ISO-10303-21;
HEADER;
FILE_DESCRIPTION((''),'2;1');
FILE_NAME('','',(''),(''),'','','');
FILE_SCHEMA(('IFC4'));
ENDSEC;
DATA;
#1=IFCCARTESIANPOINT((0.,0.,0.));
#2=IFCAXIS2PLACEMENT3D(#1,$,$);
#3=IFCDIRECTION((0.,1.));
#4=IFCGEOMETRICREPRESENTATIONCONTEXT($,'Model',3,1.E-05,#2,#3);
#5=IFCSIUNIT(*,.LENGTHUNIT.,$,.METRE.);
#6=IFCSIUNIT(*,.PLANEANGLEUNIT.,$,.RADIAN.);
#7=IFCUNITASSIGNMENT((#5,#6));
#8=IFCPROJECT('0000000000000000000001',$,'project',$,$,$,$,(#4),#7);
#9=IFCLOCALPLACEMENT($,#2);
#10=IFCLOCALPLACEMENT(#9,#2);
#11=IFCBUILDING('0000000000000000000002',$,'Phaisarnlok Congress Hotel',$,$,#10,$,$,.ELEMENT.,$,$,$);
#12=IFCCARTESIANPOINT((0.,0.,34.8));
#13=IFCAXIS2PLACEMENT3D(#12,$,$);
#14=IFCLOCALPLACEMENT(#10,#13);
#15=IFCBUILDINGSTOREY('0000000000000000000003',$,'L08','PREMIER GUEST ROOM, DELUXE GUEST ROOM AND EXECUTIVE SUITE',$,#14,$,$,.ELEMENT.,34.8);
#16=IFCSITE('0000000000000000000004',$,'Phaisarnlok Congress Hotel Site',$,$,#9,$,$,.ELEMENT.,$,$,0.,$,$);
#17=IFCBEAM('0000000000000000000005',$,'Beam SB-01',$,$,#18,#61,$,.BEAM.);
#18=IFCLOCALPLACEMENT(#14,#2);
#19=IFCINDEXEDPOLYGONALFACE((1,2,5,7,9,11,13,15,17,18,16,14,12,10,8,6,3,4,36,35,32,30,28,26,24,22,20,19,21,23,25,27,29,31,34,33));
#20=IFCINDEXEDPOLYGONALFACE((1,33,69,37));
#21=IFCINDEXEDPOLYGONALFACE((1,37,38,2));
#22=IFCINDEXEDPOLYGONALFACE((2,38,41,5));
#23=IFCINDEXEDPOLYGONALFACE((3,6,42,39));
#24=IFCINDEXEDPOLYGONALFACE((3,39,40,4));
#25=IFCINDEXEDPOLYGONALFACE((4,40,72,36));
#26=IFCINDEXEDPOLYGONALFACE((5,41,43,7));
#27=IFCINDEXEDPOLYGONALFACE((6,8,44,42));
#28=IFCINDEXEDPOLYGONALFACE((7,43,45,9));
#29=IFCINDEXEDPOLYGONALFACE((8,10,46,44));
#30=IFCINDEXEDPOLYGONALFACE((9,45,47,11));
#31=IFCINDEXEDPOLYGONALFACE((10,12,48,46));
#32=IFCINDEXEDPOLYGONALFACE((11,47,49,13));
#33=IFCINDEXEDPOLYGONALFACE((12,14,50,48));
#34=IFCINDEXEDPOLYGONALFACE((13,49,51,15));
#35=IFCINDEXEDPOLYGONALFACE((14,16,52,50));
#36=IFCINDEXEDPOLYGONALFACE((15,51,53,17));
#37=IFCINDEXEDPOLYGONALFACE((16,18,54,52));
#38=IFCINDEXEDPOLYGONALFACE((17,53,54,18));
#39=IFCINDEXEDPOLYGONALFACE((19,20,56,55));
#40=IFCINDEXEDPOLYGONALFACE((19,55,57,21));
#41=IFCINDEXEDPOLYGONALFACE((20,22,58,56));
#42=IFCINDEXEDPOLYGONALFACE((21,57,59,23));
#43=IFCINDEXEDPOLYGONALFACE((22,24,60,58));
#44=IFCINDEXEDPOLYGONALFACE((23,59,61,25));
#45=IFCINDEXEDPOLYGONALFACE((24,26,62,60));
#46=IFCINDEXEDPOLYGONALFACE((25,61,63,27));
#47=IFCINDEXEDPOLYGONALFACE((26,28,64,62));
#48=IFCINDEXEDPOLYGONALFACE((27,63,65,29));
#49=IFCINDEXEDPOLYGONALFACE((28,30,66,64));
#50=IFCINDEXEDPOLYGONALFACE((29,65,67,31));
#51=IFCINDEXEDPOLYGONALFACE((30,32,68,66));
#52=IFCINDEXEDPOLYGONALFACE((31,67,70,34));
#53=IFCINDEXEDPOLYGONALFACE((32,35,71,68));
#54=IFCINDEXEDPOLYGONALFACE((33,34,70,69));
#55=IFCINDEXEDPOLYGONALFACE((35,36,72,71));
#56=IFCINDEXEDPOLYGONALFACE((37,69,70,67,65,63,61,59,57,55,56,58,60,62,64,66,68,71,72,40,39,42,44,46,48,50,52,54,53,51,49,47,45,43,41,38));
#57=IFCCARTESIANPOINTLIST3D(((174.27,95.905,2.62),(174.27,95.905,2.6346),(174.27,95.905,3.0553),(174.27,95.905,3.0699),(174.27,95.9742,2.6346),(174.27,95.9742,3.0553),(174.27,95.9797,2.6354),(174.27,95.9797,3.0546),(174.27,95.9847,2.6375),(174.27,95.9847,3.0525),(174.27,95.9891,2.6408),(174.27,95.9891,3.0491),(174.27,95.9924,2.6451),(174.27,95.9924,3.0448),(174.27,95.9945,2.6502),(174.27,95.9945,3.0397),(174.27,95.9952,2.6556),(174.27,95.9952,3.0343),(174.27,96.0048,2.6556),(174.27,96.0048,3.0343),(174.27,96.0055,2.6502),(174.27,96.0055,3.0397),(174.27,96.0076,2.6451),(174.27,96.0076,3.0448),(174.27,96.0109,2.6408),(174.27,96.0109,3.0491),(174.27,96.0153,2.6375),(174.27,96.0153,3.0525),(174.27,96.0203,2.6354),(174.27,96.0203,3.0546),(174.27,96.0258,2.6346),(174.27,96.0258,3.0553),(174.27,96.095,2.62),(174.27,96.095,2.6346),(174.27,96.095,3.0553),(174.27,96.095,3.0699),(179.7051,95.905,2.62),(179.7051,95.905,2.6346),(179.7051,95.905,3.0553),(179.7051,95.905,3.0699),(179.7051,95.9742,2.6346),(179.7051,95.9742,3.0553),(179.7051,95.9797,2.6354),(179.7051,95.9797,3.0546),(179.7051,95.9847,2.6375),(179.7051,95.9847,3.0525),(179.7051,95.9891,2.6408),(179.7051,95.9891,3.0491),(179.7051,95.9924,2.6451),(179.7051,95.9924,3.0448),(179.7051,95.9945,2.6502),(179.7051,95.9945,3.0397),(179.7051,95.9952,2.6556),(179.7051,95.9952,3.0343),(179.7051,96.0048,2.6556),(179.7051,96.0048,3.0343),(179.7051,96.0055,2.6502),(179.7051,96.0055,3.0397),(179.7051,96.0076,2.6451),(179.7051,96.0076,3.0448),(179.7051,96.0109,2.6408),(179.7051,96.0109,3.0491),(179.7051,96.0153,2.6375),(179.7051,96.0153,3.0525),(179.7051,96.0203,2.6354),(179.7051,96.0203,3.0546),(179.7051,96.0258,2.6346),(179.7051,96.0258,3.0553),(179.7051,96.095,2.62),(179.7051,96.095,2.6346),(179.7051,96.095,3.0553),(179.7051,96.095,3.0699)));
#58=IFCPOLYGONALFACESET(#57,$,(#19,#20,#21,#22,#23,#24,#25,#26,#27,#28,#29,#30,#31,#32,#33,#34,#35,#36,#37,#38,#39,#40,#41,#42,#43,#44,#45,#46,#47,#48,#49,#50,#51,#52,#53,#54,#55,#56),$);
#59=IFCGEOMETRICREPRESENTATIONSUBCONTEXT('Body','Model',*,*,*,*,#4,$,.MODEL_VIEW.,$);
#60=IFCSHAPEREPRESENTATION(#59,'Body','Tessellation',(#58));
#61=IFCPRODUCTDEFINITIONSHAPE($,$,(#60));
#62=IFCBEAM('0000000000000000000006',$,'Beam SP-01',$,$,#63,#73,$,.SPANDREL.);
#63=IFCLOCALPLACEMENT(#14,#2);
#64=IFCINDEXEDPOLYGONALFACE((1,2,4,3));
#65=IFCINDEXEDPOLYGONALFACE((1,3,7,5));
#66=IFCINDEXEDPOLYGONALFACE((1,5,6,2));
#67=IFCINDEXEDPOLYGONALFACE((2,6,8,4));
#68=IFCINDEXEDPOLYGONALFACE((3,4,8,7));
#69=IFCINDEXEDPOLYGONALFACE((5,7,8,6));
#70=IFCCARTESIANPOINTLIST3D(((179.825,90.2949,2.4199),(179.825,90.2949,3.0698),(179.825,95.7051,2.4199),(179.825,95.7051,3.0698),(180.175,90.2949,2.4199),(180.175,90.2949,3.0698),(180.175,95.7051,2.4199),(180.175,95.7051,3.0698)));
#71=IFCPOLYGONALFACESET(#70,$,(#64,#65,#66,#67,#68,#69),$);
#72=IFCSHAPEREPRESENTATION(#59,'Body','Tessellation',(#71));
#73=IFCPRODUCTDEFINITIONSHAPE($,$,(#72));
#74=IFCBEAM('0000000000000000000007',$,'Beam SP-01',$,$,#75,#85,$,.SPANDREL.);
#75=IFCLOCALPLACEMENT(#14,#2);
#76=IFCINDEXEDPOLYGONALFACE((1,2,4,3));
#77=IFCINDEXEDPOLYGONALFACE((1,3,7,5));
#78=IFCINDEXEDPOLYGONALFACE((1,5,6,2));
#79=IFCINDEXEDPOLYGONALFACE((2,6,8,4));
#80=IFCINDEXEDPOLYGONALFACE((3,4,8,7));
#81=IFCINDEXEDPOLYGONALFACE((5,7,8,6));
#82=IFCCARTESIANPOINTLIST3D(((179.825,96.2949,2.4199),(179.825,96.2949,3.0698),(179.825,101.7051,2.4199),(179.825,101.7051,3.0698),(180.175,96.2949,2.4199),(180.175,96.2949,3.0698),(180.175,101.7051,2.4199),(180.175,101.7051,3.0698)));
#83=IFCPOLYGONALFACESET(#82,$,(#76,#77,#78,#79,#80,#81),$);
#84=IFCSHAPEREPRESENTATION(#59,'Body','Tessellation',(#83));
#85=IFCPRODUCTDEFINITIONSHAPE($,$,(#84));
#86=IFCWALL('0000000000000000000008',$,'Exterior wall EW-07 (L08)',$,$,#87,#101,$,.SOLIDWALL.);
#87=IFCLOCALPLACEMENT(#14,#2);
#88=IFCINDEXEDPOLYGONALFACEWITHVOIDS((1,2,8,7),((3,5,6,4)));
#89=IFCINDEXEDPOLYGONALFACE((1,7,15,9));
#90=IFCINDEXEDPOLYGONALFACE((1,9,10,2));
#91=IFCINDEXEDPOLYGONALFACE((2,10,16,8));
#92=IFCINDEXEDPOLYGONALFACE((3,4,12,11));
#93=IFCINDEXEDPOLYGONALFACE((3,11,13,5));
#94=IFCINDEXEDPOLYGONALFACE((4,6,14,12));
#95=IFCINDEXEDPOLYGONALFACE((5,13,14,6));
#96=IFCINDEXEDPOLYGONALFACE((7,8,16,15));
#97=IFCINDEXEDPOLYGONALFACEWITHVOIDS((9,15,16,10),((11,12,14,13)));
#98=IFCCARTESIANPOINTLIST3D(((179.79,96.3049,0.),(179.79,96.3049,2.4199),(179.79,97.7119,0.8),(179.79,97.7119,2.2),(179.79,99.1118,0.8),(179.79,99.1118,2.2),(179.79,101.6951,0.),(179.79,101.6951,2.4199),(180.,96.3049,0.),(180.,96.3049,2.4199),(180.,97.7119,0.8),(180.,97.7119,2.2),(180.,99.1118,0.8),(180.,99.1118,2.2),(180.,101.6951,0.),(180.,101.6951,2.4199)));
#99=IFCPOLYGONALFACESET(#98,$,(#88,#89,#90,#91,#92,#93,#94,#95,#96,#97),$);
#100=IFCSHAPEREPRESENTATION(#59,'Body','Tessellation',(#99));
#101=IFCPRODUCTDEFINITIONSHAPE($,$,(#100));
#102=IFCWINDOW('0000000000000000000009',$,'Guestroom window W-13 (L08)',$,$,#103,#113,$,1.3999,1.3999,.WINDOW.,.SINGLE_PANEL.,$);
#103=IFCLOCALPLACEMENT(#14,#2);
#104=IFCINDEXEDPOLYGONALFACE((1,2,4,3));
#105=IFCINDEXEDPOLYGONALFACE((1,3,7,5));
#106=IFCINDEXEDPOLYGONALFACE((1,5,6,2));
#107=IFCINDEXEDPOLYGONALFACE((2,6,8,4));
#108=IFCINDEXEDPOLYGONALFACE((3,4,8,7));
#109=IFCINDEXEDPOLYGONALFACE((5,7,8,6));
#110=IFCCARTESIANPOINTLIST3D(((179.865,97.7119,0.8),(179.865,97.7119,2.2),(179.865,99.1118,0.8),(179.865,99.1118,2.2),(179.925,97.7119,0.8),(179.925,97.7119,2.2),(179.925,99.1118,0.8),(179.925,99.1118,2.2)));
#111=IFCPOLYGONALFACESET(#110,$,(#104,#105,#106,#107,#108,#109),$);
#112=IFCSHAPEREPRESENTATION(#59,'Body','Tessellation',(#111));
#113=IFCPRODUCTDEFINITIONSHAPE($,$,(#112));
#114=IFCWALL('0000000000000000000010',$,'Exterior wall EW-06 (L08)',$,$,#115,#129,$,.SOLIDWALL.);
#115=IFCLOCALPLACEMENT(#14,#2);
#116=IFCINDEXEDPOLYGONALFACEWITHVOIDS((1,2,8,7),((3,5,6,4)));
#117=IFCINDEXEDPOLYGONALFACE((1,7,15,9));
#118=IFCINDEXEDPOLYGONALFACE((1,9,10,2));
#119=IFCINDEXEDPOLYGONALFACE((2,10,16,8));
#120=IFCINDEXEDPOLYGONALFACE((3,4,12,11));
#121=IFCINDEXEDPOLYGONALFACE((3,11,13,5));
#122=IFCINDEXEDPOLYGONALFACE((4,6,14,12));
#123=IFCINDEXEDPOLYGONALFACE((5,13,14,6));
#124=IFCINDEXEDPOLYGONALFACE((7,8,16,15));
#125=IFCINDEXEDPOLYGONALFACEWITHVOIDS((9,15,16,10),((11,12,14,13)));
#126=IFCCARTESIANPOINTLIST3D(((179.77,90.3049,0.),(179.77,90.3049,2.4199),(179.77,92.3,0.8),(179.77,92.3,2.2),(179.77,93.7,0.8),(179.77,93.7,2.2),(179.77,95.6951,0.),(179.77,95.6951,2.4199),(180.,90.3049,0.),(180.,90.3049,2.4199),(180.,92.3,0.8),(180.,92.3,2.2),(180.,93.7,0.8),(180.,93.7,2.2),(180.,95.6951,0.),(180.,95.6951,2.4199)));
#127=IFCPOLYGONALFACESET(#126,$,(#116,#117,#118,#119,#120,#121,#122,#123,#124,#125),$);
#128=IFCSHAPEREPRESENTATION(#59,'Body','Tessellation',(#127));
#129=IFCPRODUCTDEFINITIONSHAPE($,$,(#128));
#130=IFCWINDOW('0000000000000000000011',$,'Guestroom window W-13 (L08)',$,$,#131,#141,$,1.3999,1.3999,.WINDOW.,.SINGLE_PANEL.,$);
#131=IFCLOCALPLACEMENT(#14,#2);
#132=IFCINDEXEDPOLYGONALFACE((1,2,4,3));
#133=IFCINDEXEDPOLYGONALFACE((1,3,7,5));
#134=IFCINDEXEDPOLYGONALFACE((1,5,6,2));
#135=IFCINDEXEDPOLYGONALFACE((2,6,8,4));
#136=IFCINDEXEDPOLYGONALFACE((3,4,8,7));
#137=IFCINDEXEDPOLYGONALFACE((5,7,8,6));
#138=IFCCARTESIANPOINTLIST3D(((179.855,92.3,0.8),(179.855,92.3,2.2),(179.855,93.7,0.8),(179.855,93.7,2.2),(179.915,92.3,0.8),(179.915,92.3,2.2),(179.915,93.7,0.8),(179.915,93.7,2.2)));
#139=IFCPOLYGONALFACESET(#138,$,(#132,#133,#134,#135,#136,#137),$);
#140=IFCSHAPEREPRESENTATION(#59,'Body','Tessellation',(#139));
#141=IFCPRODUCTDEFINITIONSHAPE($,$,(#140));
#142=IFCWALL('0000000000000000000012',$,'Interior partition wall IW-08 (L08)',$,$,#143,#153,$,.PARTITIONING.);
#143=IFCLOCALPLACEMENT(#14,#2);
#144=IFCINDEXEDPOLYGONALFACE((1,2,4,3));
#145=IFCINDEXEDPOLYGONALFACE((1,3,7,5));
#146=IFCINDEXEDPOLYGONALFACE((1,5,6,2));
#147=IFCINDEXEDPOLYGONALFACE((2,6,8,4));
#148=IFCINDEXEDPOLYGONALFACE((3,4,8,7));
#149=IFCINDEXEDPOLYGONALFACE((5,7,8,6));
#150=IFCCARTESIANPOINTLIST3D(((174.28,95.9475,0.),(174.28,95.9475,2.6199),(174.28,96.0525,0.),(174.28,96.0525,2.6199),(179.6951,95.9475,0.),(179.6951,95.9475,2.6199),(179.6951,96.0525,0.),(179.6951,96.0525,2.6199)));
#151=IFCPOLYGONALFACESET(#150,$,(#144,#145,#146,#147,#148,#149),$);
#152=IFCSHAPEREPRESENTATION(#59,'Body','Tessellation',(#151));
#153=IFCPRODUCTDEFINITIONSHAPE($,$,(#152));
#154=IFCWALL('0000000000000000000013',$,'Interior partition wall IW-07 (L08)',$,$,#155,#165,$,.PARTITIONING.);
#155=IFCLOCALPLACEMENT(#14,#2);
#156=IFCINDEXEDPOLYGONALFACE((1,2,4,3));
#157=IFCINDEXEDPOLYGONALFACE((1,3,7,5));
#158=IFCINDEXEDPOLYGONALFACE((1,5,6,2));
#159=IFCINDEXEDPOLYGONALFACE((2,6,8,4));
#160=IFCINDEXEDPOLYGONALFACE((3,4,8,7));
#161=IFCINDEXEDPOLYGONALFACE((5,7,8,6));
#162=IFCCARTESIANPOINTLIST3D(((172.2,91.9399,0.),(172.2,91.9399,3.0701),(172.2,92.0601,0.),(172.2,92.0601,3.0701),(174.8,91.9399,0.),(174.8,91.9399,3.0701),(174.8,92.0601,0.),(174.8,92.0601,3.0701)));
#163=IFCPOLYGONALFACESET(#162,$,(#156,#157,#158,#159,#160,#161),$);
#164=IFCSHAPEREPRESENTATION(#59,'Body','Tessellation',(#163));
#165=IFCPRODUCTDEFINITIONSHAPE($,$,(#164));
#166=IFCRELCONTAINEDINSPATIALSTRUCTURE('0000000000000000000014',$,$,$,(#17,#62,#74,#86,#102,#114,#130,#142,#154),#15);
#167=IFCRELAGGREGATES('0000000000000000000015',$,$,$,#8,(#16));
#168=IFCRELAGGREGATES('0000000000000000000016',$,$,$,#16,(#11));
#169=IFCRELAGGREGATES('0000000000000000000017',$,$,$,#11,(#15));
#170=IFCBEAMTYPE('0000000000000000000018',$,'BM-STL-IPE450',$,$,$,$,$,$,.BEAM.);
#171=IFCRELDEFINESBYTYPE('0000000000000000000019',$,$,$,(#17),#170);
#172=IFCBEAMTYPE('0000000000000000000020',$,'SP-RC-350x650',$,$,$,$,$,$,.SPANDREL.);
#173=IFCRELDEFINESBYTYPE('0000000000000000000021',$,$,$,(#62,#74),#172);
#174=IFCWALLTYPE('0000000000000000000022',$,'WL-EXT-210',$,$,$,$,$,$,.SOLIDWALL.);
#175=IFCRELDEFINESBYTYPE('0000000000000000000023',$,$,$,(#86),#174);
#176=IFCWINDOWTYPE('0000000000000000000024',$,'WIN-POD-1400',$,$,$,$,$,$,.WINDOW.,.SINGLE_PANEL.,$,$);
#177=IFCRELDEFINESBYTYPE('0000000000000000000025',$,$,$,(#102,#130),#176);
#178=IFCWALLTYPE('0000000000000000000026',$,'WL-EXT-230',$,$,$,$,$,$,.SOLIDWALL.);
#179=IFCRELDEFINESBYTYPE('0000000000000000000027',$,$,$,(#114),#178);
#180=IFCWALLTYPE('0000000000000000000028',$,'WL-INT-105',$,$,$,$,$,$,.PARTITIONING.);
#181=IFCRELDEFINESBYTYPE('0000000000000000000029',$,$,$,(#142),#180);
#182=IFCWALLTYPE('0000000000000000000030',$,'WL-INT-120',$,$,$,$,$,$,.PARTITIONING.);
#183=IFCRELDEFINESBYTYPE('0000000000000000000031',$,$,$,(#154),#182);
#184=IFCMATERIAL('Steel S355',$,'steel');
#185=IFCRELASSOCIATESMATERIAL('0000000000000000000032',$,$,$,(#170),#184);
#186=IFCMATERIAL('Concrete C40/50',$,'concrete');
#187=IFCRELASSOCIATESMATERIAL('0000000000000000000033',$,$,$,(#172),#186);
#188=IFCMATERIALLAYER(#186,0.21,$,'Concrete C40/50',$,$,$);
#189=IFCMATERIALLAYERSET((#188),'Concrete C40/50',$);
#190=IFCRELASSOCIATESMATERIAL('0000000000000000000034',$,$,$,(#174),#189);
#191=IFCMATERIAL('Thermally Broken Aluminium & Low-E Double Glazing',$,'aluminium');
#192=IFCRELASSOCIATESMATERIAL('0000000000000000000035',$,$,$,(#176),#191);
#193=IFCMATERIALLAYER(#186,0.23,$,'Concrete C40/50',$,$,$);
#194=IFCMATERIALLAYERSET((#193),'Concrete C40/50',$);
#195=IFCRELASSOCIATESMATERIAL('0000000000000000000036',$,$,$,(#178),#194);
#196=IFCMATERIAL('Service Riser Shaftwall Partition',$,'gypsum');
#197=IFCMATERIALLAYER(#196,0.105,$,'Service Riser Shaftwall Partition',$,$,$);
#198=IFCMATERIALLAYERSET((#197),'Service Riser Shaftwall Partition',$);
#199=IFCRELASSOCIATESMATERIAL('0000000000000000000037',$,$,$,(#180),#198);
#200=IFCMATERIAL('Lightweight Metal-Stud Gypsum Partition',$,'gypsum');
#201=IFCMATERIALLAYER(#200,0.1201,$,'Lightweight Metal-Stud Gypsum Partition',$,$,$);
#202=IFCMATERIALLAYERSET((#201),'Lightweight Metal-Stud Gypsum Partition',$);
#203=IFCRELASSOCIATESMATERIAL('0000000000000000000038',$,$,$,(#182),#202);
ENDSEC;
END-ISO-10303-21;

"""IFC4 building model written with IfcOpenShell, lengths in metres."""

from ifc_helpers import new_model, si_unit, direction, frame, frame_2d, origin, origin_2d, place, context, subcontext, project, spatial, rectangle, i_section, extrude, material, layer, layer_set, material_profile, profile_set, type_object, element, fill, save


model = new_model("IFC4")

# Units and contexts
model_context = context("Model", 3, precision=1e-05, world=origin(), true_north=direction((0.0, 1.0)))
body_context = subcontext(model_context, "Body", "Model", "MODEL_VIEW")
ifc_project = project(units=[si_unit("LENGTHUNIT", "METRE"), si_unit("PLANEANGLEUNIT", "RADIAN")], contexts=[model_context])

# Site, building, storey
site_placement = place(None, origin())
site = spatial("IfcSite", under=ifc_project, at=site_placement, Name="Phaisarnlok Congress Hotel Site", CompositionType="ELEMENT", RefElevation=0.0)
building_placement = place(site_placement, origin())
building = spatial("IfcBuilding", under=site, at=building_placement, Name="Phaisarnlok Congress Hotel", CompositionType="ELEMENT")
storey_placement = place(building_placement, frame((0.0, 0.0, 34.8)))
storey = spatial("IfcBuildingStorey", under=building, at=storey_placement, Name="L08", Description="PREMIER GUEST ROOM, DELUXE GUEST ROOM AND EXECUTIVE SUITE", CompositionType="ELEMENT", Elevation=34.8)

# Beams
ifc_material_1 = material(Name="Concrete C40/50", Category="concrete")
ifc_material_2 = material(Name="Steel S355", Category="steel")
ifc_material_profile_1 = material_profile(ifc_material_2, i_section(OverallWidth=0.1899, OverallDepth=0.45, WebThickness=0.0095, FlangeThickness=0.0146, FilletRadius=0.021, at=origin_2d()), Name="IPE 450")
ifc_profile_set_1 = profile_set([ifc_material_profile_1], Name="Steel S355")
beam_type_1 = type_object("IfcBeamType", Name="BM-STL-IPE450", PredefinedType="BEAM", material=ifc_profile_set_1)
for number, where, z_axis, x_axis, name in (
    (1, (174.27, 96.0, 2.845), (1.0, 0.0, 0.0), (0.0, 1.0, 0.0), "Beam SB-01"),
):
    element("IfcBeam", number, at=place(storey_placement, frame(where, z_axis=z_axis, x_axis=x_axis)), inside=storey, type_object=beam_type_1, Name=name, PredefinedType="BEAM", context=body_context, shape_type="SweptSolid", body=[
        extrude(i_section(OverallWidth=0.1899, OverallDepth=0.45, WebThickness=0.0095, FlangeThickness=0.0146, FilletRadius=0.021, at=origin_2d()), origin(), (0.0, 0.0, 1.0), 5.4351),
    ])
ifc_material_profile_2 = material_profile(ifc_material_1, rectangle(XDim=0.3501, YDim=0.6499, at=origin_2d()), Name="RC 350x650")
ifc_profile_set_2 = profile_set([ifc_material_profile_2], Name="Concrete C40/50")
beam_type_2 = type_object("IfcBeamType", Name="SP-RC-350x650", PredefinedType="SPANDREL", material=ifc_profile_set_2)
for number, where, z_axis, x_axis, name in (
    (2, (180.0, 90.2949, 2.7449), (0.0, 1.0, 0.0), (-1.0, 0.0, 0.0), "Beam SP-01"),
    (3, (180.0, 96.2949, 2.7449), (0.0, 1.0, 0.0), (-1.0, 0.0, 0.0), "Beam SP-01"),
):
    element("IfcBeam", number, at=place(storey_placement, frame(where, z_axis=z_axis, x_axis=x_axis)), inside=storey, type_object=beam_type_2, Name=name, PredefinedType="SPANDREL", context=body_context, shape_type="SweptSolid", body=[
        extrude(rectangle(XDim=0.3501, YDim=0.6499, at=origin_2d()), origin(), (0.0, 0.0, 1.0), 5.4102),
    ])

# Walls, openings, windows
ifc_layer_1 = layer(ifc_material_1, 0.21, Name="Concrete C40/50")
ifc_layer_set_1 = layer_set([ifc_layer_1], Name="Concrete C40/50")
wall_type_1 = type_object("IfcWallType", Name="WL-EXT-210", PredefinedType="SOLIDWALL", material=ifc_layer_set_1)
wall_1_placement = place(storey_placement, frame((179.895, 96.3049, 0.0), z_axis=(0.0, 0.0, 1.0), x_axis=(0.0, 1.0, 0.0)))
wall_1 = element("IfcWall", 4, at=wall_1_placement, inside=storey, type_object=wall_type_1, Name="Exterior wall EW-07 (L08)", PredefinedType="SOLIDWALL", context=body_context, shape_type="SweptSolid", body=[
    extrude(rectangle(XDim=5.3901, YDim=0.21, at=frame_2d((2.6951, 0.0))), origin(), (0.0, 0.0, 1.0), 2.4199),
])
opening_1_placement = place(wall_1_placement, frame((1.407, 0.0, 0.8)))
opening_1 = element("IfcOpeningElement", 5, at=opening_1_placement, cuts=wall_1, PredefinedType="OPENING", context=body_context, shape_type="SweptSolid", body=[
    extrude(rectangle(XDim=1.3999, YDim=1.3999, at=frame_2d((0.7, 0.7))), frame((0.0, 0.115, 0.0), z_axis=(0.0, -1.0, 0.0), x_axis=(1.0, 0.0, 0.0)), (0.0, 0.0, 1.0), 0.23),
])
ifc_material_3 = material(Name="Thermally Broken Aluminium & Low-E Double Glazing", Category="aluminium")
window_type = type_object("IfcWindowType", Name="WIN-POD-1400", PartitioningType="SINGLE_PANEL", PredefinedType="WINDOW", material=ifc_material_3)
window_1_placement = place(opening_1_placement, origin())
window_1 = element("IfcWindow", 6, at=window_1_placement, inside=storey, type_object=window_type, Name="Guestroom window W-13 (L08)", OverallHeight=1.3999, OverallWidth=1.3999, PartitioningType="SINGLE_PANEL", PredefinedType="WINDOW", context=body_context, shape_type="SweptSolid", body=[
    extrude(rectangle(XDim=1.3999, YDim=1.3999, at=frame_2d((0.7, 0.7))), frame((0.0, 0.03, 0.0), z_axis=(0.0, -1.0, 0.0), x_axis=(1.0, 0.0, 0.0)), (0.0, 0.0, 1.0), 0.0601),
])
fill(opening_1, window_1)
ifc_layer_2 = layer(ifc_material_1, 0.23, Name="Concrete C40/50")
ifc_layer_set_2 = layer_set([ifc_layer_2], Name="Concrete C40/50")
wall_type_2 = type_object("IfcWallType", Name="WL-EXT-230", PredefinedType="SOLIDWALL", material=ifc_layer_set_2)
wall_2_placement = place(storey_placement, frame((179.885, 90.3049, 0.0), z_axis=(0.0, 0.0, 1.0), x_axis=(0.0, 1.0, 0.0)))
wall_2 = element("IfcWall", 7, at=wall_2_placement, inside=storey, type_object=wall_type_2, Name="Exterior wall EW-06 (L08)", PredefinedType="SOLIDWALL", context=body_context, shape_type="SweptSolid", body=[
    extrude(rectangle(XDim=5.3901, YDim=0.23, at=frame_2d((2.6951, 0.0))), origin(), (0.0, 0.0, 1.0), 2.4199),
])
opening_2_placement = place(wall_2_placement, frame((1.9951, 0.0, 0.8)))
opening_2 = element("IfcOpeningElement", 8, at=opening_2_placement, cuts=wall_2, PredefinedType="OPENING", context=body_context, shape_type="SweptSolid", body=[
    extrude(rectangle(XDim=1.3999, YDim=1.3999, at=frame_2d((0.7, 0.7))), frame((0.0, 0.125, 0.0), z_axis=(0.0, -1.0, 0.0), x_axis=(1.0, 0.0, 0.0)), (0.0, 0.0, 1.0), 0.25),
])
window_2_placement = place(opening_2_placement, origin())
window_2 = element("IfcWindow", 9, at=window_2_placement, inside=storey, type_object=window_type, Name="Guestroom window W-13 (L08)", OverallHeight=1.3999, OverallWidth=1.3999, PartitioningType="SINGLE_PANEL", PredefinedType="WINDOW", context=body_context, shape_type="SweptSolid", body=[
    extrude(rectangle(XDim=1.3999, YDim=1.3999, at=frame_2d((0.7, 0.7))), frame((0.0, 0.03, 0.0), z_axis=(0.0, -1.0, 0.0), x_axis=(1.0, 0.0, 0.0)), (0.0, 0.0, 1.0), 0.0601),
])
fill(opening_2, window_2)

# Walls
ifc_material_4 = material(Name="Service Riser Shaftwall Partition", Category="gypsum")
ifc_layer_3 = layer(ifc_material_4, 0.105, Name="Service Riser Shaftwall Partition")
ifc_layer_set_3 = layer_set([ifc_layer_3], Name="Service Riser Shaftwall Partition")
wall_type_3 = type_object("IfcWallType", Name="WL-INT-105", PredefinedType="PARTITIONING", material=ifc_layer_set_3)
wall_3_placement = place(storey_placement, frame((174.28, 96.0, 0.0), z_axis=(0.0, 0.0, 1.0), x_axis=(1.0, 0.0, 0.0)))
element("IfcWall", 10, at=wall_3_placement, inside=storey, type_object=wall_type_3, Name="Interior partition wall IW-08 (L08)", PredefinedType="PARTITIONING", context=body_context, shape_type="SweptSolid", body=[
    extrude(rectangle(XDim=5.415, YDim=0.105, at=frame_2d((2.7075, 0.0))), origin(), (0.0, 0.0, 1.0), 2.6199),
])
ifc_material_5 = material(Name="Lightweight Metal-Stud Gypsum Partition", Category="gypsum")
ifc_layer_4 = layer(ifc_material_5, 0.1201, Name="Lightweight Metal-Stud Gypsum Partition")
ifc_layer_set_4 = layer_set([ifc_layer_4], Name="Lightweight Metal-Stud Gypsum Partition")
wall_type_4 = type_object("IfcWallType", Name="WL-INT-120", PredefinedType="PARTITIONING", material=ifc_layer_set_4)
wall_4_placement = place(storey_placement, frame((172.2, 92.0, 0.0), z_axis=(0.0, 0.0, 1.0), x_axis=(1.0, 0.0, 0.0)))
element("IfcWall", 11, at=wall_4_placement, inside=storey, type_object=wall_type_4, Name="Interior partition wall IW-07 (L08)", PredefinedType="PARTITIONING", context=body_context, shape_type="SweptSolid", body=[
    extrude(rectangle(XDim=2.6001, YDim=0.1201, at=frame_2d((1.3, 0.0))), origin(), (0.0, 0.0, 1.0), 3.0701),
])

save(model, "model.ifc")
